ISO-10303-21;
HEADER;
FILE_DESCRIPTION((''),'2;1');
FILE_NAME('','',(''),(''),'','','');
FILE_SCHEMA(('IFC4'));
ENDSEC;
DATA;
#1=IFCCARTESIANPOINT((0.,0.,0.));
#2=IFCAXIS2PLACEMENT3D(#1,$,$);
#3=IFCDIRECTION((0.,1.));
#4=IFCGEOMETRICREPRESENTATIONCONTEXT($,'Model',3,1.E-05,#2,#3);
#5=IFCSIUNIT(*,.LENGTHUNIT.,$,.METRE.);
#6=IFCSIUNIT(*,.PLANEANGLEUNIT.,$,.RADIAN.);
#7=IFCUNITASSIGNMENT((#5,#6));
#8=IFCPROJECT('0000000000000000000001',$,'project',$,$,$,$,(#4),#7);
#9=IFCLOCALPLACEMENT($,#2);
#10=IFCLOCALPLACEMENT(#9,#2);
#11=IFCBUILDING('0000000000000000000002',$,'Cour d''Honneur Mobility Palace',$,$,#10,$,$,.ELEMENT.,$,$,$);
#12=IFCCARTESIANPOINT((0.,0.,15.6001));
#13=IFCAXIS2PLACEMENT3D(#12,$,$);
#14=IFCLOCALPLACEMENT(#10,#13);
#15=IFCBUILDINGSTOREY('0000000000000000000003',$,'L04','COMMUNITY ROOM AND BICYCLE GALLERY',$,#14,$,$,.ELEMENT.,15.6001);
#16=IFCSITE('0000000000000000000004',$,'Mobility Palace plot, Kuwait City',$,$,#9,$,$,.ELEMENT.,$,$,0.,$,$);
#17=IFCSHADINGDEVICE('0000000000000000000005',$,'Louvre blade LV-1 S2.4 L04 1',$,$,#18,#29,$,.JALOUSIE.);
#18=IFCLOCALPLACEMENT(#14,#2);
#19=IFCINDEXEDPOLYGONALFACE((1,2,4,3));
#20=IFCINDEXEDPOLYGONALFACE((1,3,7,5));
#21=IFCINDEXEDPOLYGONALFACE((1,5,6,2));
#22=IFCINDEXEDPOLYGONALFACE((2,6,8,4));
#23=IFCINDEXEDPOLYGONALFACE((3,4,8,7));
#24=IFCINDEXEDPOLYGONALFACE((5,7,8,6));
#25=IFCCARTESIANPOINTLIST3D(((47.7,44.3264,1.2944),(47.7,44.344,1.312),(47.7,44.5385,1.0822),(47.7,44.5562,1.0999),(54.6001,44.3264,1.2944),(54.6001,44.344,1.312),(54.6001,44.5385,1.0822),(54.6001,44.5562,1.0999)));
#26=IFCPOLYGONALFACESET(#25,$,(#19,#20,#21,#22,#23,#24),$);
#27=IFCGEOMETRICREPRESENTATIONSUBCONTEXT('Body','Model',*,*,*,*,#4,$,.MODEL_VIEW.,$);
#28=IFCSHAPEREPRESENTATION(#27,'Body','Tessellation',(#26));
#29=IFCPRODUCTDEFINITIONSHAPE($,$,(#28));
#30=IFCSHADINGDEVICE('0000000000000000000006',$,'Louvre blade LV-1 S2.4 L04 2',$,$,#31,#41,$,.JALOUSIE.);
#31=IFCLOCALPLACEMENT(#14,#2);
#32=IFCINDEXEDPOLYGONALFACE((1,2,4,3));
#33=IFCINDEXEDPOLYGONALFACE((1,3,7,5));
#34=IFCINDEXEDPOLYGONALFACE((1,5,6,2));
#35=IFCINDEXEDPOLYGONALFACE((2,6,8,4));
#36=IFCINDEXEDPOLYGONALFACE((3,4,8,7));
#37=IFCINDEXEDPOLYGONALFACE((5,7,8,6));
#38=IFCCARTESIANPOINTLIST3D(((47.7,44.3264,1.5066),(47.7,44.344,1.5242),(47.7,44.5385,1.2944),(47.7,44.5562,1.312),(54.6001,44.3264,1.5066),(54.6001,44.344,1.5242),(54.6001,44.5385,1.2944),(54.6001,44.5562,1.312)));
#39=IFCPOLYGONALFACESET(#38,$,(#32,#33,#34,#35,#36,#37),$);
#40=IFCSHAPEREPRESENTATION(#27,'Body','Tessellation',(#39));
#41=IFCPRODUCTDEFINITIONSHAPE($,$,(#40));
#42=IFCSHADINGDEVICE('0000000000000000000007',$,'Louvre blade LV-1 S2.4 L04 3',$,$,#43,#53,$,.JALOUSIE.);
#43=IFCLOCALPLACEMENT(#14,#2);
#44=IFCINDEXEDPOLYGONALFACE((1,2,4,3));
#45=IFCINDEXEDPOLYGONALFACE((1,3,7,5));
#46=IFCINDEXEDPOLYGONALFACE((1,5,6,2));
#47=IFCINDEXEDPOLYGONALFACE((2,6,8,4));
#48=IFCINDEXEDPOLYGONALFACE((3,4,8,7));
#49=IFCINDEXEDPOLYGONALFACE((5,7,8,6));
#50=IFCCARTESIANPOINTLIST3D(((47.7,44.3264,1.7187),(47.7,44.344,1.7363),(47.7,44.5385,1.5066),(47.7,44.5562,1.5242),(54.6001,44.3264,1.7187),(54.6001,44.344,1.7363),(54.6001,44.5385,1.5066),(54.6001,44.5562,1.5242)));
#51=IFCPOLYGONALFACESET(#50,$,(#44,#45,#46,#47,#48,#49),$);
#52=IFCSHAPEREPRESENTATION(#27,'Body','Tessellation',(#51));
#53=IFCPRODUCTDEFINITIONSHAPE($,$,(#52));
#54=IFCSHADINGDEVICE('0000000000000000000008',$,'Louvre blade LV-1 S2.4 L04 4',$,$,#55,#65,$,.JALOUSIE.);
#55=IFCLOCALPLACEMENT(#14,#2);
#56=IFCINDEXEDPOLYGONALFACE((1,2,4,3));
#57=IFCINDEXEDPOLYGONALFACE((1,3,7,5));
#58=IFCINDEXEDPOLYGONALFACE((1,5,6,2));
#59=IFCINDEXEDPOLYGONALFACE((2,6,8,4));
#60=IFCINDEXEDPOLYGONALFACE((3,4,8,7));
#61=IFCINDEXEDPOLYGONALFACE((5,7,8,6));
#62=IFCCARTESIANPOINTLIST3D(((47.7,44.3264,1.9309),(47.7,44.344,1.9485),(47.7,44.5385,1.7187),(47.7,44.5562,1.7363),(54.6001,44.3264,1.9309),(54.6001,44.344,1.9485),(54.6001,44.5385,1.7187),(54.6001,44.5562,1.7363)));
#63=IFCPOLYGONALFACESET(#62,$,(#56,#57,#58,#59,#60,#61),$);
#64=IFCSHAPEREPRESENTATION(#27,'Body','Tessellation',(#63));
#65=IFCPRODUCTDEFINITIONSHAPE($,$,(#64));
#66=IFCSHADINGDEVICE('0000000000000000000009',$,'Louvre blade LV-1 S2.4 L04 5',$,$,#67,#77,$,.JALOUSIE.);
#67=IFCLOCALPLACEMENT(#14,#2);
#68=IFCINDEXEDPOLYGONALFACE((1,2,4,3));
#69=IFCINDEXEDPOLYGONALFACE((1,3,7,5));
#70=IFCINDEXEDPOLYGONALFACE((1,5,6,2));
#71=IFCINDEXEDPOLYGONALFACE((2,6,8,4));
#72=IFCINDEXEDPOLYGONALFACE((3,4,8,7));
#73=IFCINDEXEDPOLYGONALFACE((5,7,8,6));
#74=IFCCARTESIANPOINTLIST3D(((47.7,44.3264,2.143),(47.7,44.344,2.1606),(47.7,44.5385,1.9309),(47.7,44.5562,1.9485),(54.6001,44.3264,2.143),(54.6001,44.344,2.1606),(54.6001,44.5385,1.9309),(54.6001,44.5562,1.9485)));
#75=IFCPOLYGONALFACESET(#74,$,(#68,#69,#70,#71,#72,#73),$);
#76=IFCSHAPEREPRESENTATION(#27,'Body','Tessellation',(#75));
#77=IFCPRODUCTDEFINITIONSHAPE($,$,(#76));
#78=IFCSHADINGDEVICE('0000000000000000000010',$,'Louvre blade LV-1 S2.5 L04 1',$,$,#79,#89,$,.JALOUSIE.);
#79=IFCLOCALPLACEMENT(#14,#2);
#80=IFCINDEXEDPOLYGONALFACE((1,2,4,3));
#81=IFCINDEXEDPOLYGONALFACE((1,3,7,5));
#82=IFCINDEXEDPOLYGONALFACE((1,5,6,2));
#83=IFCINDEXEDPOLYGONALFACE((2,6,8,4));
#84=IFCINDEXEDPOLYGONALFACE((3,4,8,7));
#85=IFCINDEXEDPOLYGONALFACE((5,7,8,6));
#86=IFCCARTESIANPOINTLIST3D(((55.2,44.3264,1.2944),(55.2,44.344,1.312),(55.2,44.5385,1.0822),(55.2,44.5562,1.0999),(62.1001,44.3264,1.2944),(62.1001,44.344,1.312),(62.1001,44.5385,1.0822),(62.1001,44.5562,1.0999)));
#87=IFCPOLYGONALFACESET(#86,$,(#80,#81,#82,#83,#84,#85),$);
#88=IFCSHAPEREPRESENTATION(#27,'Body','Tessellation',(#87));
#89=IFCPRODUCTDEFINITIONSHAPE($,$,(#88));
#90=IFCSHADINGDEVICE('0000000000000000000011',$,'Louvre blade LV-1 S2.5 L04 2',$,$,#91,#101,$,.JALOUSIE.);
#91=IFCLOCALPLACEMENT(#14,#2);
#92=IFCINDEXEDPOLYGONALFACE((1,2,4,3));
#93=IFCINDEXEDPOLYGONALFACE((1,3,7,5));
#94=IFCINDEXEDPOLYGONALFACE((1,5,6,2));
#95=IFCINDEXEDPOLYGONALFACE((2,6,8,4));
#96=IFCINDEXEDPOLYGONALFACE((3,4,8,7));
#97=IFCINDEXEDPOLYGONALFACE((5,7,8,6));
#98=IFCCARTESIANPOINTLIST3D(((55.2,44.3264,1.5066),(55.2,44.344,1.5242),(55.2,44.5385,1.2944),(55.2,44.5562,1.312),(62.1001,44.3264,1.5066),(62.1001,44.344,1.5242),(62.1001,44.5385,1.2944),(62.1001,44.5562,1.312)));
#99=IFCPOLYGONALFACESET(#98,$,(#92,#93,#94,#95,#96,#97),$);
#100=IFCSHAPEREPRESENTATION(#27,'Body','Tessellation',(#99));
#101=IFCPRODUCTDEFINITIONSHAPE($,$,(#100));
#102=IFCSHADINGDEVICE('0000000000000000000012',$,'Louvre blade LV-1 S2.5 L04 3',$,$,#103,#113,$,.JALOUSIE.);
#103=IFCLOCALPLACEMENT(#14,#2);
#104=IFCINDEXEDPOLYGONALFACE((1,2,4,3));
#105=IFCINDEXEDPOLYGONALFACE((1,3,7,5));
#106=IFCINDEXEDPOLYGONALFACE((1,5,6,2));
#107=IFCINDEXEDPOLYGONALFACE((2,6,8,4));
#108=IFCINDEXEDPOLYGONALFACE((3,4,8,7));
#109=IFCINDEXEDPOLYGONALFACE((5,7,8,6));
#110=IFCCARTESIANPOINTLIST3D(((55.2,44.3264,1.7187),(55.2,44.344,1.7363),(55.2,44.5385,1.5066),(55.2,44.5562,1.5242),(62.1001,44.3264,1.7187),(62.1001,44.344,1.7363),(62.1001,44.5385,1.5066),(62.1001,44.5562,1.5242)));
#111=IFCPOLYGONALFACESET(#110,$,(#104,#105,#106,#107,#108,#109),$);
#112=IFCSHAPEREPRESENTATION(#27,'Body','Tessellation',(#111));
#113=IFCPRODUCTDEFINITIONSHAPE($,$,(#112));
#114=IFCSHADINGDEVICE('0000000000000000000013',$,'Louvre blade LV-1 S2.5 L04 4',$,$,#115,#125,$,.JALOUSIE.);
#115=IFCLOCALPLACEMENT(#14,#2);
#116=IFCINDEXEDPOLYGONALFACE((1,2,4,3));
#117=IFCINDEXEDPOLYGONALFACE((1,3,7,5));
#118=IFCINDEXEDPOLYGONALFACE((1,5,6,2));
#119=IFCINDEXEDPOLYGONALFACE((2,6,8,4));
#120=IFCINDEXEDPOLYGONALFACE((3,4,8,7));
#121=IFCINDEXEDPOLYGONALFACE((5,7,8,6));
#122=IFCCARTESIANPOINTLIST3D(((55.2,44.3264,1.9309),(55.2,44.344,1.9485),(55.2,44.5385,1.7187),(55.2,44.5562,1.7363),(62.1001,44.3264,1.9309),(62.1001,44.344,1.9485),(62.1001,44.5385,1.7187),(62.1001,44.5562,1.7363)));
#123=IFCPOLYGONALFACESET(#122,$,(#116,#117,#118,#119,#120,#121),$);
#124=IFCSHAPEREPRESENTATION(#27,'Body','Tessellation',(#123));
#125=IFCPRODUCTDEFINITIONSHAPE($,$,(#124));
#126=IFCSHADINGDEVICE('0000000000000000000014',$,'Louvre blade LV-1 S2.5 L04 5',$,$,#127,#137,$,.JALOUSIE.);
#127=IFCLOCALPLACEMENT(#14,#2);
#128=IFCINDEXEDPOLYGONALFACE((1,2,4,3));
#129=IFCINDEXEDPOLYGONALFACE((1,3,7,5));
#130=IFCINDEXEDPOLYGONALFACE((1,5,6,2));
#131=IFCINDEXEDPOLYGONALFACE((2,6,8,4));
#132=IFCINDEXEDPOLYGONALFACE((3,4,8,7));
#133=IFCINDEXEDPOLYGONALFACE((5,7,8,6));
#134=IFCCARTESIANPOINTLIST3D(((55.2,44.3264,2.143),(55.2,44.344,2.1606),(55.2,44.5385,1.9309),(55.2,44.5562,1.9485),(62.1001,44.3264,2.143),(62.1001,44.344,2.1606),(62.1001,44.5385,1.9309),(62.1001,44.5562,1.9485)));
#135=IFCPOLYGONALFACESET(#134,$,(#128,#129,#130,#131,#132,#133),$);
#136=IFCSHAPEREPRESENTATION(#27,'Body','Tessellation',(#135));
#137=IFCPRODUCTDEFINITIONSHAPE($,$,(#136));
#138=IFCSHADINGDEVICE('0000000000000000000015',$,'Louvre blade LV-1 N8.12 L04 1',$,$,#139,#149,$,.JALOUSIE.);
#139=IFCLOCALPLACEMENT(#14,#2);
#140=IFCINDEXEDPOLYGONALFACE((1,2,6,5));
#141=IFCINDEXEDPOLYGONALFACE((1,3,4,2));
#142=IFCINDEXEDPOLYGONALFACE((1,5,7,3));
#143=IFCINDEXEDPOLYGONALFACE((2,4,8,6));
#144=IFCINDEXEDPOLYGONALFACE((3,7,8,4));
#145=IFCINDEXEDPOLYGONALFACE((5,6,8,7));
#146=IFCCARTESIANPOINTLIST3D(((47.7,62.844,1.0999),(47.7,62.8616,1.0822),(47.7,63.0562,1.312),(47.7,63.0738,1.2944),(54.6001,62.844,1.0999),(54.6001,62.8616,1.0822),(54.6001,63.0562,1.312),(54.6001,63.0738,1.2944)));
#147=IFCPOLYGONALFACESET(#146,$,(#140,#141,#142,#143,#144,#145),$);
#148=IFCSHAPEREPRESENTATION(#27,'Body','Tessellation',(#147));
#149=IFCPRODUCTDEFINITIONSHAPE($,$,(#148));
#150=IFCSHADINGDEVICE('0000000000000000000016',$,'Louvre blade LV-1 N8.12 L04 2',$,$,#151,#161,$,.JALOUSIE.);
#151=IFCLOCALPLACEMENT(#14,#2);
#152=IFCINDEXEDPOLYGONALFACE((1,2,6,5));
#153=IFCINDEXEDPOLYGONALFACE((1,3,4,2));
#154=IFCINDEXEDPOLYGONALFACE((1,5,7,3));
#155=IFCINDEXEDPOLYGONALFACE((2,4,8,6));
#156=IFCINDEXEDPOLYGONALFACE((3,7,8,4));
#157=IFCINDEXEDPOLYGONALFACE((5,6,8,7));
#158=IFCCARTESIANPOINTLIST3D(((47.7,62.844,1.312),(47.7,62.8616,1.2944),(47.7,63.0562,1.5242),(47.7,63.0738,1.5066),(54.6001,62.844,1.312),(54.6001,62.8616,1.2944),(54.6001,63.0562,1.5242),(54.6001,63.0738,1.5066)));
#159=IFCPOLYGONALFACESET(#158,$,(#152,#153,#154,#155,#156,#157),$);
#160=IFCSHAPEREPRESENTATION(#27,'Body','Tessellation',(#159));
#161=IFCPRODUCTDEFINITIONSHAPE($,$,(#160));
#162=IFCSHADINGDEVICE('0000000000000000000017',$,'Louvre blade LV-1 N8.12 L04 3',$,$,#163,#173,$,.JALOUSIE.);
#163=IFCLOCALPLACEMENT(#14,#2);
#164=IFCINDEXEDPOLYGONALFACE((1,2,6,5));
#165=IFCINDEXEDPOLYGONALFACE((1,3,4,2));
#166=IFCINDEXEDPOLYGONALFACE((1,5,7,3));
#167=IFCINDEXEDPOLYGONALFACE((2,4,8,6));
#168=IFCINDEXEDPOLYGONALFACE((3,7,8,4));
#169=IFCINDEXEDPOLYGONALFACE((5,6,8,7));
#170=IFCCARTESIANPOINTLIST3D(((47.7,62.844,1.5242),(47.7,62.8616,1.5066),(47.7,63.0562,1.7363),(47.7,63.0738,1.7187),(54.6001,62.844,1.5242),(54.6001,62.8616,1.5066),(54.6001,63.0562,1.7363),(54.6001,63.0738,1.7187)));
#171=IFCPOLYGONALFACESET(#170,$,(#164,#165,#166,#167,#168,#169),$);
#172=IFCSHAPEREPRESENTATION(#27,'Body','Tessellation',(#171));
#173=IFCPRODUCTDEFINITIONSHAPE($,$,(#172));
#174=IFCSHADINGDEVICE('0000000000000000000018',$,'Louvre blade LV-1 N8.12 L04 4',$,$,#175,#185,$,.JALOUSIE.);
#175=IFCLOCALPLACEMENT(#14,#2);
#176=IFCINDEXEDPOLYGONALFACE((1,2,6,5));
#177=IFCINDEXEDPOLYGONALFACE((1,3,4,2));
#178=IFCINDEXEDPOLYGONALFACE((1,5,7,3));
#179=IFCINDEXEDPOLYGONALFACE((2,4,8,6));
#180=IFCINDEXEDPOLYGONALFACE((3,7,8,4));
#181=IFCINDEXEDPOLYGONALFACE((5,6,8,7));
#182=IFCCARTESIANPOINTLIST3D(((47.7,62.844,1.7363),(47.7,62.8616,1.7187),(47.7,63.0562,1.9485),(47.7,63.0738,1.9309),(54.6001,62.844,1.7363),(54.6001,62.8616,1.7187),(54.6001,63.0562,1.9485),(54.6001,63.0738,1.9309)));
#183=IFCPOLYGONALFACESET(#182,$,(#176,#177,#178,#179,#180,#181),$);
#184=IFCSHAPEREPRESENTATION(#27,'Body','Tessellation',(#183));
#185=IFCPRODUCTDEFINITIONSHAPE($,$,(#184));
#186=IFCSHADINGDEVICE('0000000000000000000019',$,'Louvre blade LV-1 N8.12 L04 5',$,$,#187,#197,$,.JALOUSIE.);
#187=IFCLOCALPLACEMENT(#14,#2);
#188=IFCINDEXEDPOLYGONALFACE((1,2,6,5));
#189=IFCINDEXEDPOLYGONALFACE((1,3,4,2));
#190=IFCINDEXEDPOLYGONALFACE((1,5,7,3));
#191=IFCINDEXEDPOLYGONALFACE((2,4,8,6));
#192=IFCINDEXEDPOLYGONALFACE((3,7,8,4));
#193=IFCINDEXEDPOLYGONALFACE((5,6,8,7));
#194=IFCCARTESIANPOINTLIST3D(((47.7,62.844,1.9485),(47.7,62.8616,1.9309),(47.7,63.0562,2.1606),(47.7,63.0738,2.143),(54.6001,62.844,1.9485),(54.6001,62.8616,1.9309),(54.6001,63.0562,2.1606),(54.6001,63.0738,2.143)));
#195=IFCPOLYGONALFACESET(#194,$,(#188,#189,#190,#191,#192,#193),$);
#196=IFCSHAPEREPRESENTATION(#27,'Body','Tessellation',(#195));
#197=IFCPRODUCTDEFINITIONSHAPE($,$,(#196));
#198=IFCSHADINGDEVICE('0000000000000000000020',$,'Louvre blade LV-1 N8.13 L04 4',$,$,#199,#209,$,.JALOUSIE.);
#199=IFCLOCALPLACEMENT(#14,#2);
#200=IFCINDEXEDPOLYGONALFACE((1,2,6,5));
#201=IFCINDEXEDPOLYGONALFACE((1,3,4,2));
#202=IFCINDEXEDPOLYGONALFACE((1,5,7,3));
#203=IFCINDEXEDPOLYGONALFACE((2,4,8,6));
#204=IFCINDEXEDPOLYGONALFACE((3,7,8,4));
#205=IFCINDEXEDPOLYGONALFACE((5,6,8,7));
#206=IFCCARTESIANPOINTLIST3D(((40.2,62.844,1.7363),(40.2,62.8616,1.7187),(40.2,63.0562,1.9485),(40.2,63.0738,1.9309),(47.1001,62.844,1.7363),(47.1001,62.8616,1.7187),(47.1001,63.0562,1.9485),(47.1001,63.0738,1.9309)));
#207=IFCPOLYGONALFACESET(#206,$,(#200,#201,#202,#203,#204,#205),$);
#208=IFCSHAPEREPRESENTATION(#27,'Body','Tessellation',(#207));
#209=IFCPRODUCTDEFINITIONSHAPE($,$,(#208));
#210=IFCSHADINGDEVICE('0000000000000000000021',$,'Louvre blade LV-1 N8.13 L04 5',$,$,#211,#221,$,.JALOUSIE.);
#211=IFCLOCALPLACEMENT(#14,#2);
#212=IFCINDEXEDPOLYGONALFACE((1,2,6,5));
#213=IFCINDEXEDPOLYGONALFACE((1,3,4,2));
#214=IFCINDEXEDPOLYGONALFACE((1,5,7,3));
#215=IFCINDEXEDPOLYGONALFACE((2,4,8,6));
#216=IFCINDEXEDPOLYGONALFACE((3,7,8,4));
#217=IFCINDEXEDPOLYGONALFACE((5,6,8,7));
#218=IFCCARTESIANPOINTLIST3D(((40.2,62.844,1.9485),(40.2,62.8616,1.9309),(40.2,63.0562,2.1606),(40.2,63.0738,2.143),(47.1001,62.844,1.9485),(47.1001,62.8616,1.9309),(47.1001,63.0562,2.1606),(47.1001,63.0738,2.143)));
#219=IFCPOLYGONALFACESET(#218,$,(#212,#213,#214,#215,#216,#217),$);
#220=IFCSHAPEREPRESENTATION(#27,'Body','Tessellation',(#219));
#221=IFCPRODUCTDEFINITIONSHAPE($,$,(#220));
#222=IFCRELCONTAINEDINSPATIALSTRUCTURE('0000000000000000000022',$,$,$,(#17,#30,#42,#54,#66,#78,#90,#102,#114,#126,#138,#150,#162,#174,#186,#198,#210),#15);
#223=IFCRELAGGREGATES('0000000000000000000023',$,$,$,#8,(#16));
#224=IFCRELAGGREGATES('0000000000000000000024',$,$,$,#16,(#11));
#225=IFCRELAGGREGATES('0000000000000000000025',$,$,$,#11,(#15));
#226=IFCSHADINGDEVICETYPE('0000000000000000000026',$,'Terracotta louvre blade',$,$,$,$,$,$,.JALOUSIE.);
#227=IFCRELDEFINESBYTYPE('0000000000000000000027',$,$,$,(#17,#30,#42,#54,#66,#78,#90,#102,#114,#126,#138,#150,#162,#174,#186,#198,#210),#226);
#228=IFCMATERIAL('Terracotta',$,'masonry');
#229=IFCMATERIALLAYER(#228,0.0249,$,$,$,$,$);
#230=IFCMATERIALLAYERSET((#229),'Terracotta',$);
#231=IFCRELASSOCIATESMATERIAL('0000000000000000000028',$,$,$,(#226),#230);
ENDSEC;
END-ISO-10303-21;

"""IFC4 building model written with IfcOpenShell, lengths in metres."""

from ifc_helpers import new_model, si_unit, direction, frame, origin, place, context, subcontext, project, spatial, polyline, outline, extrude, material, layer, layer_set, type_object, element, save


model = new_model("IFC4")

# Units and contexts
model_context = context("Model", 3, precision=1e-05, world=origin(), true_north=direction((0.0, 1.0)))
body_context = subcontext(model_context, "Body", "Model", "MODEL_VIEW")
ifc_project = project(units=[si_unit("LENGTHUNIT", "METRE"), si_unit("PLANEANGLEUNIT", "RADIAN")], contexts=[model_context])

# Site, building, storey
site_placement = place(None, origin())
site = spatial("IfcSite", under=ifc_project, at=site_placement, Name="Mobility Palace plot, Kuwait City", CompositionType="ELEMENT", RefElevation=0.0)
building_placement = place(site_placement, origin())
building = spatial("IfcBuilding", under=site, at=building_placement, Name="Cour d'Honneur Mobility Palace", CompositionType="ELEMENT")
storey_placement = place(building_placement, frame((0.0, 0.0, 15.6001)))
storey = spatial("IfcBuildingStorey", under=building, at=storey_placement, Name="L04", Description="COMMUNITY ROOM AND BICYCLE GALLERY", CompositionType="ELEMENT", Elevation=15.6001)

# Shading devices
ifc_material_1 = material(Name="Terracotta", Category="masonry")
ifc_layer_1 = layer(ifc_material_1, 0.0249)
ifc_layer_set_1 = layer_set([ifc_layer_1], Name="Terracotta")
shading_device_type = type_object("IfcShadingDeviceType", Name="Terracotta louvre blade", PredefinedType="JALOUSIE", material=ifc_layer_set_1)
for number, where, z_axis, x_axis, name in (
    (1, (47.7, 44.5562, 1.0999), (0.0, 0.707107, 0.707107), (1.0, 0.0, 0.0), "Louvre blade LV-1 S2.4 L04 1"),
    (2, (47.7, 44.5562, 1.312), (0.0, 0.707107, 0.707107), (1.0, 0.0, 0.0), "Louvre blade LV-1 S2.4 L04 2"),
    (3, (47.7, 44.5562, 1.5242), (0.0, 0.707107, 0.707107), (1.0, 0.0, 0.0), "Louvre blade LV-1 S2.4 L04 3"),
    (4, (47.7, 44.5562, 1.7363), (0.0, 0.707107, 0.707107), (1.0, 0.0, 0.0), "Louvre blade LV-1 S2.4 L04 4"),
    (5, (47.7, 44.5562, 1.9485), (0.0, 0.707107, 0.707107), (1.0, 0.0, 0.0), "Louvre blade LV-1 S2.4 L04 5"),
    (6, (55.2, 44.5562, 1.0999), (0.0, 0.707107, 0.707107), (1.0, 0.0, 0.0), "Louvre blade LV-1 S2.5 L04 1"),
    (7, (55.2, 44.5562, 1.312), (0.0, 0.707107, 0.707107), (1.0, 0.0, 0.0), "Louvre blade LV-1 S2.5 L04 2"),
    (8, (55.2, 44.5562, 1.5242), (0.0, 0.707107, 0.707107), (1.0, 0.0, 0.0), "Louvre blade LV-1 S2.5 L04 3"),
    (9, (55.2, 44.5562, 1.7363), (0.0, 0.707107, 0.707107), (1.0, 0.0, 0.0), "Louvre blade LV-1 S2.5 L04 4"),
    (10, (55.2, 44.5562, 1.9485), (0.0, 0.707107, 0.707107), (1.0, 0.0, 0.0), "Louvre blade LV-1 S2.5 L04 5"),
    (11, (54.6001, 62.844, 1.0999), (0.0, -0.707107, 0.707107), (-1.0, 0.0, 0.0), "Louvre blade LV-1 N8.12 L04 1"),
    (12, (54.6001, 62.844, 1.312), (0.0, -0.707107, 0.707107), (-1.0, 0.0, 0.0), "Louvre blade LV-1 N8.12 L04 2"),
    (13, (54.6001, 62.844, 1.5242), (0.0, -0.707107, 0.707107), (-1.0, 0.0, 0.0), "Louvre blade LV-1 N8.12 L04 3"),
    (14, (54.6001, 62.844, 1.7363), (0.0, -0.707107, 0.707107), (-1.0, 0.0, 0.0), "Louvre blade LV-1 N8.12 L04 4"),
    (15, (54.6001, 62.844, 1.9485), (0.0, -0.707107, 0.707107), (-1.0, 0.0, 0.0), "Louvre blade LV-1 N8.12 L04 5"),
    (16, (47.1001, 62.844, 1.7363), (0.0, -0.707107, 0.707107), (-1.0, 0.0, 0.0), "Louvre blade LV-1 N8.13 L04 4"),
    (17, (47.1001, 62.844, 1.9485), (0.0, -0.707107, 0.707107), (-1.0, 0.0, 0.0), "Louvre blade LV-1 N8.13 L04 5"),
):
    element("IfcShadingDevice", number, at=place(storey_placement, frame(where, z_axis=z_axis, x_axis=x_axis)), inside=storey, type_object=shading_device_type, Name=name, PredefinedType="JALOUSIE", context=body_context, shape_type="SweptSolid", body=[
        extrude(outline(polyline([(0.0, 0.0), (6.9001, 0.0), (6.9001, -0.3), (0.0, -0.3), (0.0, 0.0)])), origin(), (0.0, 0.0, -1.0), 0.0249),
    ])

save(model, "model.ifc")
